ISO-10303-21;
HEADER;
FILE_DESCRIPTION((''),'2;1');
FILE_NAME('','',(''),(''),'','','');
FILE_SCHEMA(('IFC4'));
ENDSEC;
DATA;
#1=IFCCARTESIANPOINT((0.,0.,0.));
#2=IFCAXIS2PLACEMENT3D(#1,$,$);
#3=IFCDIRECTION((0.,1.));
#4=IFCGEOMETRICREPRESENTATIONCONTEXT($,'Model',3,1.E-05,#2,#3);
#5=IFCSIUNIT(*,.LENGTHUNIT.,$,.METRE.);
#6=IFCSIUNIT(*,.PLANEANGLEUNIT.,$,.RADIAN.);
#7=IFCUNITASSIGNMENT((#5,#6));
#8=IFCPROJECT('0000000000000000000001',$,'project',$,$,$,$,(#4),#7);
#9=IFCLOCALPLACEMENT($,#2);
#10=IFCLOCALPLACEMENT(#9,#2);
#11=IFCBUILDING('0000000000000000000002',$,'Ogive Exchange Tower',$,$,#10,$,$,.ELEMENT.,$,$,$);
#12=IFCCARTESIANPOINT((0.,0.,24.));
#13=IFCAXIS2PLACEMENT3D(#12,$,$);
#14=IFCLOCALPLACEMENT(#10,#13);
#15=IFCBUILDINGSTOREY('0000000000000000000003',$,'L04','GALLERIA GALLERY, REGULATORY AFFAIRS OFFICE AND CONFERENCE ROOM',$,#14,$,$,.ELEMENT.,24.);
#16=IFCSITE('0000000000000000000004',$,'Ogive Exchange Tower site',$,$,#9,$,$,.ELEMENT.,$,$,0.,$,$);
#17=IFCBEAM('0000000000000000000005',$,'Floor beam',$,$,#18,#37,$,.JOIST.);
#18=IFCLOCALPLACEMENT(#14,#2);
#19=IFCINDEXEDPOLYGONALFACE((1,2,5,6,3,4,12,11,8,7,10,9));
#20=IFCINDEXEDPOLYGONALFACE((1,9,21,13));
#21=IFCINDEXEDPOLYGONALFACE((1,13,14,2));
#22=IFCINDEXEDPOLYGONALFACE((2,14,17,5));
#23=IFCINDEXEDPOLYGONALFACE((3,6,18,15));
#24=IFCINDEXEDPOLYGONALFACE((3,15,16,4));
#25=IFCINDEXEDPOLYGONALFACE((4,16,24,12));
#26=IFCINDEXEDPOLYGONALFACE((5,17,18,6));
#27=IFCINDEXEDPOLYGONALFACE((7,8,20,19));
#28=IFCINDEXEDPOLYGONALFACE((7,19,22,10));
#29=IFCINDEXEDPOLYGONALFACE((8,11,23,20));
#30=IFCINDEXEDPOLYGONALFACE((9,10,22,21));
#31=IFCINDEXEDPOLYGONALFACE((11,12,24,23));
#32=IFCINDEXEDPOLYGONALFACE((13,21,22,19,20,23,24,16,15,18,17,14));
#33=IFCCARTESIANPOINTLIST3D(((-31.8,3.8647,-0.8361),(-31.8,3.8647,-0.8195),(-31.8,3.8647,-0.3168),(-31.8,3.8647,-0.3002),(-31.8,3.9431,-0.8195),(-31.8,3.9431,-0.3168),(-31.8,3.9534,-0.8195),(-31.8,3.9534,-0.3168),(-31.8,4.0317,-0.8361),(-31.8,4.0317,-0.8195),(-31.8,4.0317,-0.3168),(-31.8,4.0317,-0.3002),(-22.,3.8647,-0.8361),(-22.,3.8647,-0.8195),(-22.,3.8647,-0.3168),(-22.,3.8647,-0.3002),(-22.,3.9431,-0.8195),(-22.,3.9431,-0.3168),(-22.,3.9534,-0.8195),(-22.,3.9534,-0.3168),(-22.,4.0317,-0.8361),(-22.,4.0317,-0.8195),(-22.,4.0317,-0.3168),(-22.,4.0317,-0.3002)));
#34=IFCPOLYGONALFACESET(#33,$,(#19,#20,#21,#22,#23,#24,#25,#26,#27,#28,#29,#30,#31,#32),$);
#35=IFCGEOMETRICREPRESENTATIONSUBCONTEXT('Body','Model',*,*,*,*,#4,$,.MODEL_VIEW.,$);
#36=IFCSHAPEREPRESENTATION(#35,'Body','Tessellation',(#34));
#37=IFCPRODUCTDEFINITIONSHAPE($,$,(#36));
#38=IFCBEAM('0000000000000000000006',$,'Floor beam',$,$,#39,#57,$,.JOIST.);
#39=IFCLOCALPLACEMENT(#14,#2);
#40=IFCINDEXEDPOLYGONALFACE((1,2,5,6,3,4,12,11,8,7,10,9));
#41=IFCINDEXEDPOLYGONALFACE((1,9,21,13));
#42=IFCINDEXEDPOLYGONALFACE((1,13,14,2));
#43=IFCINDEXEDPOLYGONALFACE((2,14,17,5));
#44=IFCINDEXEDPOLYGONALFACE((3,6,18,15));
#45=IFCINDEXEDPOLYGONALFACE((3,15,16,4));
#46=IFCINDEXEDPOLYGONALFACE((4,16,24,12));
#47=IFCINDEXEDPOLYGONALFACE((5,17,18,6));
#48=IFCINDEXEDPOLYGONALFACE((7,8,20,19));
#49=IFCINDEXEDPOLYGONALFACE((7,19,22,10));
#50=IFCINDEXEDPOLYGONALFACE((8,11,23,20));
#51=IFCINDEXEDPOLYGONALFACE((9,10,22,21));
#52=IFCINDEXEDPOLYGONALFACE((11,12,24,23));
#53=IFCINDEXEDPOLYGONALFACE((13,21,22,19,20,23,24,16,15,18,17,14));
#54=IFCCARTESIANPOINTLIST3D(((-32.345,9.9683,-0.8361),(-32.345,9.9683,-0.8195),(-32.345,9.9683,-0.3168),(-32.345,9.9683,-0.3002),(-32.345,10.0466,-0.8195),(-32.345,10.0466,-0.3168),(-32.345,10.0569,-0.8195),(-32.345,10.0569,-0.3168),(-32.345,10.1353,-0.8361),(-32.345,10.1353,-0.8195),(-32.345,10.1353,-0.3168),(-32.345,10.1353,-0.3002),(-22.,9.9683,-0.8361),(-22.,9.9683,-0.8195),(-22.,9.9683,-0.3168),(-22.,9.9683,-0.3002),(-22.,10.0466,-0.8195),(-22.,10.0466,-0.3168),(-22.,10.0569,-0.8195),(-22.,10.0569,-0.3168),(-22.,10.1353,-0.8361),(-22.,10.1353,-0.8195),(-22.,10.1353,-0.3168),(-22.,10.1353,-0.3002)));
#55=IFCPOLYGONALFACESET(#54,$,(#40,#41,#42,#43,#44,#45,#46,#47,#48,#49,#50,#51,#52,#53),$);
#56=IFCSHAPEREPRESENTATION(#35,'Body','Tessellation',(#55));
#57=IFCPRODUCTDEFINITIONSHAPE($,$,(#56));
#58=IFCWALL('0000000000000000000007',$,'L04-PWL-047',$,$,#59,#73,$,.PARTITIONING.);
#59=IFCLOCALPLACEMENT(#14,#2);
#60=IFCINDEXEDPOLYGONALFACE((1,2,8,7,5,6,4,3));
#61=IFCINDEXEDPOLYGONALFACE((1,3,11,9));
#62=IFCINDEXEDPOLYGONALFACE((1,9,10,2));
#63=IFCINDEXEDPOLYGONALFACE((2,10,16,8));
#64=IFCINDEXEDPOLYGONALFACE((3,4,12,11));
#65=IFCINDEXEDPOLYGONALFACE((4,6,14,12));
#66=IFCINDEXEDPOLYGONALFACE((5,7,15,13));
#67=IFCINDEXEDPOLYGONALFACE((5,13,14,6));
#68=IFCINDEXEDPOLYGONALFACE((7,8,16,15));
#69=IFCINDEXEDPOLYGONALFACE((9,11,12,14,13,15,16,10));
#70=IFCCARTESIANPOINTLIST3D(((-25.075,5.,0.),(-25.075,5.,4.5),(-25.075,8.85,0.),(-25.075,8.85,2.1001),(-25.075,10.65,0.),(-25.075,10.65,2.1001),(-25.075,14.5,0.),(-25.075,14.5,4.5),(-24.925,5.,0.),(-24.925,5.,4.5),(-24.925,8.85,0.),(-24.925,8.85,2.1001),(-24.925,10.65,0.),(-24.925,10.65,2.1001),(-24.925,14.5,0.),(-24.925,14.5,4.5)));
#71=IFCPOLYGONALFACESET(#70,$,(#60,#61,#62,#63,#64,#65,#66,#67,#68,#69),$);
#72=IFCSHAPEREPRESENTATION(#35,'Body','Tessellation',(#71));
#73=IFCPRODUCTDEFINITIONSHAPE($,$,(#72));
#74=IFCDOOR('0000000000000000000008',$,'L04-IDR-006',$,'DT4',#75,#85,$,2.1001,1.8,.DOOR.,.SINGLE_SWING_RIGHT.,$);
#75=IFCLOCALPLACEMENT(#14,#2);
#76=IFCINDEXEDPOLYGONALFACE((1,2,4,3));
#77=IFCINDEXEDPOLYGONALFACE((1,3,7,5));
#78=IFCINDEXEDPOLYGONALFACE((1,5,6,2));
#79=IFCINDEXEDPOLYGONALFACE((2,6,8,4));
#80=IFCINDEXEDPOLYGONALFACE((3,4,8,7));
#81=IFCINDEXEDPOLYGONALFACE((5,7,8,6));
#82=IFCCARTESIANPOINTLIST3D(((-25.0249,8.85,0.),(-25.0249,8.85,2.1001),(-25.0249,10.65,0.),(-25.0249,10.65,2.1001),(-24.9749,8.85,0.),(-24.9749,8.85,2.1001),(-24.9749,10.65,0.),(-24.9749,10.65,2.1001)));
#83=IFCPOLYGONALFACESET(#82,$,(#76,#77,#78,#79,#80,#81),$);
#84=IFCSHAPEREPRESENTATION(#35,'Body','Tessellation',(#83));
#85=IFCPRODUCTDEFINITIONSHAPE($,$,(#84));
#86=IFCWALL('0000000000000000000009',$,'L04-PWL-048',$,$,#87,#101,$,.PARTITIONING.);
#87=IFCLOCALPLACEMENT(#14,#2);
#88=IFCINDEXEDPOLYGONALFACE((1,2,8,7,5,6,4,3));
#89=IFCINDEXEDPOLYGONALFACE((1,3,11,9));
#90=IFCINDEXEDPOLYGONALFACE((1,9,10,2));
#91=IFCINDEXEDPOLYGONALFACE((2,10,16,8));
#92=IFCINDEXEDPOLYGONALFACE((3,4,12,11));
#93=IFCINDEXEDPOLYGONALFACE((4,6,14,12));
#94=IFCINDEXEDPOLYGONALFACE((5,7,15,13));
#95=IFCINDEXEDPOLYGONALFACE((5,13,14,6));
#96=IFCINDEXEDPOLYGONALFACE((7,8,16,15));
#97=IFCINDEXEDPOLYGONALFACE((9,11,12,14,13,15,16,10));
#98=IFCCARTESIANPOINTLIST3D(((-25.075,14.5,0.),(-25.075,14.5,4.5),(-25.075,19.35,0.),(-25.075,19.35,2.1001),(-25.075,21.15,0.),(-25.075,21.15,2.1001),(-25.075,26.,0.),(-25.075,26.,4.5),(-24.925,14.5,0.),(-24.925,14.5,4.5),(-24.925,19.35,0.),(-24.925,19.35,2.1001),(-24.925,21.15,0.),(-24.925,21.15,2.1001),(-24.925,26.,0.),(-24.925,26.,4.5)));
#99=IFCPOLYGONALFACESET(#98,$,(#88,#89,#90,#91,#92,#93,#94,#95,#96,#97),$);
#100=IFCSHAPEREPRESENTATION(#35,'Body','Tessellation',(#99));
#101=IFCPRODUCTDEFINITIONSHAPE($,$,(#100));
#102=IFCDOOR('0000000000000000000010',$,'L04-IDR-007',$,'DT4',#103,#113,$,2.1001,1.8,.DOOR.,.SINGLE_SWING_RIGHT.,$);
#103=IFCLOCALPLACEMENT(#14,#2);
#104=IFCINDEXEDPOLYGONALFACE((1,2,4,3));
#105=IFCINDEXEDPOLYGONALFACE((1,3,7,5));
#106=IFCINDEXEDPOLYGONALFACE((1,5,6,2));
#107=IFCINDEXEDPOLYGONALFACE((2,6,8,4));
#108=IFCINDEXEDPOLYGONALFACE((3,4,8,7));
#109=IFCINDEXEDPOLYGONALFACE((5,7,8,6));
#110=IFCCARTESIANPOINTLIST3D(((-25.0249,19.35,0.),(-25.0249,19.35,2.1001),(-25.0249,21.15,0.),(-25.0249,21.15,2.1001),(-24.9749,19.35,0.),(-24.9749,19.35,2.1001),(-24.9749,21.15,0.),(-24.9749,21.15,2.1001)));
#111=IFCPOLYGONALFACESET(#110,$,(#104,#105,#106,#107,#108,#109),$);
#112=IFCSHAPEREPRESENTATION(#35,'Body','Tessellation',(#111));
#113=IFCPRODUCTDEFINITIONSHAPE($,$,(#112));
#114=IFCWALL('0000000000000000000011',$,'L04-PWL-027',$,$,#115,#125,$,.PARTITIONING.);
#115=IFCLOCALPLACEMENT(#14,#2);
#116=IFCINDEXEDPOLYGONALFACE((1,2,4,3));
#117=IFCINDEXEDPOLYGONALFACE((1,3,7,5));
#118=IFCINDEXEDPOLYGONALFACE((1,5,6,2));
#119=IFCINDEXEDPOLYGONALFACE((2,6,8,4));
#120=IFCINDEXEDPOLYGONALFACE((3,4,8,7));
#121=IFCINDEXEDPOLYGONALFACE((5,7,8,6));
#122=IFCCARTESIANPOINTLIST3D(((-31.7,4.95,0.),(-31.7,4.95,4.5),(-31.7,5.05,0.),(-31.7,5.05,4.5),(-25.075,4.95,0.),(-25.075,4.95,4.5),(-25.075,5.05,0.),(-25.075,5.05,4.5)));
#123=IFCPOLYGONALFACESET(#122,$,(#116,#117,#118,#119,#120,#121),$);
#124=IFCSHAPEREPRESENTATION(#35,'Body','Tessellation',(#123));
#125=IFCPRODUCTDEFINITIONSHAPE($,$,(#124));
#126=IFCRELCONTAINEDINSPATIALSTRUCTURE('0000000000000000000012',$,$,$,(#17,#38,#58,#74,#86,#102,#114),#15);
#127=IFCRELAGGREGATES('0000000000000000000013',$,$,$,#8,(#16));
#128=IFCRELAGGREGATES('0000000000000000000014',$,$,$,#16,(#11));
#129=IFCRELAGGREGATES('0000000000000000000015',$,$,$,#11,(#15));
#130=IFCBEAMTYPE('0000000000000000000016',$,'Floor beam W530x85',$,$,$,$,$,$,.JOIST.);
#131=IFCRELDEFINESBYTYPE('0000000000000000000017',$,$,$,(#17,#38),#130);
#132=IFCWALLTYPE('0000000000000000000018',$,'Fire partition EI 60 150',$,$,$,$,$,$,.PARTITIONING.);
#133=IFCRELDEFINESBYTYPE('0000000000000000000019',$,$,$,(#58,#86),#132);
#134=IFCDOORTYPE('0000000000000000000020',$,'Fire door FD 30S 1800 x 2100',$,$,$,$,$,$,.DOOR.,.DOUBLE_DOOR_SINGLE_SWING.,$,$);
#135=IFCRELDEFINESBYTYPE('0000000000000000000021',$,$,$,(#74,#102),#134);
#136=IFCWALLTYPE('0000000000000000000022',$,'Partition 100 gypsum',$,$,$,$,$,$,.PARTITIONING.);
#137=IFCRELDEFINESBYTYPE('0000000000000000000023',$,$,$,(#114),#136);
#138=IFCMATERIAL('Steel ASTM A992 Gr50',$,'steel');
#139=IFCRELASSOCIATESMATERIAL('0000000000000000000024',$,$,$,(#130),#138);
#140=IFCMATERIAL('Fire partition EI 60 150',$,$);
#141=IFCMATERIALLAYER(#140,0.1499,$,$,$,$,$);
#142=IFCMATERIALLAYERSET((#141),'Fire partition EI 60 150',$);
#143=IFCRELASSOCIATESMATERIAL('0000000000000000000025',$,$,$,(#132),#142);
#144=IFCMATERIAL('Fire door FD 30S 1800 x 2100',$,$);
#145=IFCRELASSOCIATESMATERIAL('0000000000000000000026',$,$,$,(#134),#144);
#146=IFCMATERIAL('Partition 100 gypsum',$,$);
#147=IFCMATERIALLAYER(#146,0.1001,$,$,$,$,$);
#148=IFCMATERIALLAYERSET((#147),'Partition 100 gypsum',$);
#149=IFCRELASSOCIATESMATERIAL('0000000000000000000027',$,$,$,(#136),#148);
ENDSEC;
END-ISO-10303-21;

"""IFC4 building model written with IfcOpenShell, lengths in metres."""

from ifc_helpers import new_model, si_unit, direction, frame, frame_2d, origin, origin_2d, place, context, subcontext, project, spatial, rectangle, i_section, extrude, material, layer, layer_set, material_profile, profile_set, type_object, element, fill, save


model = new_model("IFC4")

# Units and contexts
model_context = context("Model", 3, precision=1e-05, world=origin(), true_north=direction((0.0, 1.0)))
body_context = subcontext(model_context, "Body", "Model", "MODEL_VIEW")
ifc_project = project(units=[si_unit("LENGTHUNIT", "METRE"), si_unit("PLANEANGLEUNIT", "RADIAN")], contexts=[model_context])

# Site, building, storey
site_placement = place(None, origin())
site = spatial("IfcSite", under=ifc_project, at=site_placement, Name="Ogive Exchange Tower site", CompositionType="ELEMENT", RefElevation=0.0)
building_placement = place(site_placement, origin())
building = spatial("IfcBuilding", under=site, at=building_placement, Name="Ogive Exchange Tower", CompositionType="ELEMENT")
storey_placement = place(building_placement, frame((0.0, 0.0, 24.0)))
storey = spatial("IfcBuildingStorey", under=building, at=storey_placement, Name="L04", Description="GALLERIA GALLERY, REGULATORY AFFAIRS OFFICE AND CONFERENCE ROOM", CompositionType="ELEMENT", Elevation=24.0)

# Beams
ifc_material_1 = material(Name="Steel ASTM A992 Gr50", Category="steel")
ifc_material_profile = material_profile(ifc_material_1, i_section(OverallWidth=0.167, OverallDepth=0.5359, WebThickness=0.0103, FlangeThickness=0.0166, at=origin_2d()), Name="W530x85")
ifc_profile_set = profile_set([ifc_material_profile], Name="Steel ASTM A992 Gr50")
beam_type = type_object("IfcBeamType", Name="Floor beam W530x85", PredefinedType="JOIST", material=ifc_profile_set)
beam_1_placement = place(storey_placement, frame((-31.8, 3.9482, -0.5681), z_axis=(1.0, 0.0, 0.0), x_axis=(0.0, 1.0, 0.0)))
element("IfcBeam", 1, at=beam_1_placement, inside=storey, type_object=beam_type, Name="Floor beam", PredefinedType="JOIST", context=body_context, shape_type="SweptSolid", body=[
    extrude(i_section(OverallWidth=0.167, OverallDepth=0.5359, WebThickness=0.0103, FlangeThickness=0.0166, at=origin_2d()), origin(), (0.0, 0.0, 1.0), 9.8),
])
beam_2_placement = place(storey_placement, frame((-32.345, 10.0518, -0.5681), z_axis=(1.0, 0.0, 0.0), x_axis=(0.0, 1.0, 0.0)))
element("IfcBeam", 2, at=beam_2_placement, inside=storey, type_object=beam_type, Name="Floor beam", PredefinedType="JOIST", context=body_context, shape_type="SweptSolid", body=[
    extrude(i_section(OverallWidth=0.167, OverallDepth=0.5359, WebThickness=0.0103, FlangeThickness=0.0166, at=origin_2d()), origin(), (0.0, 0.0, 1.0), 10.345),
])

# Walls, openings, doors
ifc_material_2 = material(Name="Fire partition EI 60 150")
ifc_layer_1 = layer(ifc_material_2, 0.1499)
ifc_layer_set_1 = layer_set([ifc_layer_1], Name="Fire partition EI 60 150")
wall_type_1 = type_object("IfcWallType", Name="Fire partition EI 60 150", PredefinedType="PARTITIONING", material=ifc_layer_set_1)
wall_1_placement = place(storey_placement, frame((-25.0, 5.0, 0.0), z_axis=(0.0, 0.0, 1.0), x_axis=(0.0, 1.0, 0.0)))
wall_1 = element("IfcWall", 3, at=wall_1_placement, inside=storey, type_object=wall_type_1, Name="L04-PWL-047", PredefinedType="PARTITIONING", context=body_context, shape_type="SweptSolid", body=[
    extrude(rectangle(XDim=9.5, YDim=0.1499, at=frame_2d((4.75, 0.0))), origin(), (0.0, 0.0, 1.0), 4.5),
])
opening_1_placement = place(wall_1_placement, frame((3.8501, 0.0, 0.0)))
opening_1 = element("IfcOpeningElement", 4, at=opening_1_placement, cuts=wall_1, PredefinedType="OPENING", context=body_context, shape_type="SweptSolid", body=[
    extrude(rectangle(XDim=1.8, YDim=2.1001, at=frame_2d((0.8999, 1.05))), frame((0.0, 0.085, 0.0), z_axis=(0.0, -1.0, 0.0), x_axis=(1.0, 0.0, 0.0)), (0.0, 0.0, 1.0), 0.1699),
])
ifc_material_3 = material(Name="Fire door FD 30S 1800 x 2100")
door_type_1 = type_object("IfcDoorType", Name="Fire door FD 30S 1800 x 2100", OperationType="DOUBLE_DOOR_SINGLE_SWING", PredefinedType="DOOR", material=ifc_material_3)
door_1_placement = place(opening_1_placement, origin())
door_1 = element("IfcDoor", 5, at=door_1_placement, inside=storey, type_object=door_type_1, Name="L04-IDR-006", ObjectType="DT4", OperationType="SINGLE_SWING_RIGHT", OverallHeight=2.1001, OverallWidth=1.8, PredefinedType="DOOR", context=body_context, shape_type="SweptSolid", body=[
    extrude(rectangle(XDim=1.8, YDim=2.1001, at=frame_2d((0.8999, 1.05))), frame((0.0, 0.0249, 0.0), z_axis=(0.0, -1.0, 0.0), x_axis=(1.0, 0.0, 0.0)), (0.0, 0.0, 1.0), 0.05),
])
fill(opening_1, door_1)
wall_2_placement = place(storey_placement, frame((-25.0, 14.5, 0.0), z_axis=(0.0, 0.0, 1.0), x_axis=(0.0, 1.0, 0.0)))
wall_2 = element("IfcWall", 6, at=wall_2_placement, inside=storey, type_object=wall_type_1, Name="L04-PWL-048", PredefinedType="PARTITIONING", context=body_context, shape_type="SweptSolid", body=[
    extrude(rectangle(XDim=11.5, YDim=0.1499, at=frame_2d((5.75, 0.0))), origin(), (0.0, 0.0, 1.0), 4.5),
])
opening_2_placement = place(wall_2_placement, frame((4.8501, 0.0, 0.0)))
opening_2 = element("IfcOpeningElement", 7, at=opening_2_placement, cuts=wall_2, PredefinedType="OPENING", context=body_context, shape_type="SweptSolid", body=[
    extrude(rectangle(XDim=1.8, YDim=2.1001, at=frame_2d((0.8999, 1.05))), frame((0.0, 0.085, 0.0), z_axis=(0.0, -1.0, 0.0), x_axis=(1.0, 0.0, 0.0)), (0.0, 0.0, 1.0), 0.1699),
])
door_2_placement = place(opening_2_placement, origin())
door_2 = element("IfcDoor", 8, at=door_2_placement, inside=storey, type_object=door_type_1, Name="L04-IDR-007", ObjectType="DT4", OperationType="SINGLE_SWING_RIGHT", OverallHeight=2.1001, OverallWidth=1.8, PredefinedType="DOOR", context=body_context, shape_type="SweptSolid", body=[
    extrude(rectangle(XDim=1.8, YDim=2.1001, at=frame_2d((0.8999, 1.05))), frame((0.0, 0.0249, 0.0), z_axis=(0.0, -1.0, 0.0), x_axis=(1.0, 0.0, 0.0)), (0.0, 0.0, 1.0), 0.05),
])
fill(opening_2, door_2)

# Wall
ifc_material_4 = material(Name="Partition 100 gypsum")
ifc_layer_2 = layer(ifc_material_4, 0.1001)
ifc_layer_set_2 = layer_set([ifc_layer_2], Name="Partition 100 gypsum")
wall_type_2 = type_object("IfcWallType", Name="Partition 100 gypsum", PredefinedType="PARTITIONING", material=ifc_layer_set_2)
wall_3_placement = place(storey_placement, frame((-31.7, 5.0, 0.0), z_axis=(0.0, 0.0, 1.0), x_axis=(1.0, 0.0, 0.0)))
element("IfcWall", 9, at=wall_3_placement, inside=storey, type_object=wall_type_2, Name="L04-PWL-027", PredefinedType="PARTITIONING", context=body_context, shape_type="SweptSolid", body=[
    extrude(rectangle(XDim=6.625, YDim=0.1001, at=frame_2d((3.3125, 0.0))), origin(), (0.0, 0.0, 1.0), 4.5),
])

save(model, "model.ifc")
